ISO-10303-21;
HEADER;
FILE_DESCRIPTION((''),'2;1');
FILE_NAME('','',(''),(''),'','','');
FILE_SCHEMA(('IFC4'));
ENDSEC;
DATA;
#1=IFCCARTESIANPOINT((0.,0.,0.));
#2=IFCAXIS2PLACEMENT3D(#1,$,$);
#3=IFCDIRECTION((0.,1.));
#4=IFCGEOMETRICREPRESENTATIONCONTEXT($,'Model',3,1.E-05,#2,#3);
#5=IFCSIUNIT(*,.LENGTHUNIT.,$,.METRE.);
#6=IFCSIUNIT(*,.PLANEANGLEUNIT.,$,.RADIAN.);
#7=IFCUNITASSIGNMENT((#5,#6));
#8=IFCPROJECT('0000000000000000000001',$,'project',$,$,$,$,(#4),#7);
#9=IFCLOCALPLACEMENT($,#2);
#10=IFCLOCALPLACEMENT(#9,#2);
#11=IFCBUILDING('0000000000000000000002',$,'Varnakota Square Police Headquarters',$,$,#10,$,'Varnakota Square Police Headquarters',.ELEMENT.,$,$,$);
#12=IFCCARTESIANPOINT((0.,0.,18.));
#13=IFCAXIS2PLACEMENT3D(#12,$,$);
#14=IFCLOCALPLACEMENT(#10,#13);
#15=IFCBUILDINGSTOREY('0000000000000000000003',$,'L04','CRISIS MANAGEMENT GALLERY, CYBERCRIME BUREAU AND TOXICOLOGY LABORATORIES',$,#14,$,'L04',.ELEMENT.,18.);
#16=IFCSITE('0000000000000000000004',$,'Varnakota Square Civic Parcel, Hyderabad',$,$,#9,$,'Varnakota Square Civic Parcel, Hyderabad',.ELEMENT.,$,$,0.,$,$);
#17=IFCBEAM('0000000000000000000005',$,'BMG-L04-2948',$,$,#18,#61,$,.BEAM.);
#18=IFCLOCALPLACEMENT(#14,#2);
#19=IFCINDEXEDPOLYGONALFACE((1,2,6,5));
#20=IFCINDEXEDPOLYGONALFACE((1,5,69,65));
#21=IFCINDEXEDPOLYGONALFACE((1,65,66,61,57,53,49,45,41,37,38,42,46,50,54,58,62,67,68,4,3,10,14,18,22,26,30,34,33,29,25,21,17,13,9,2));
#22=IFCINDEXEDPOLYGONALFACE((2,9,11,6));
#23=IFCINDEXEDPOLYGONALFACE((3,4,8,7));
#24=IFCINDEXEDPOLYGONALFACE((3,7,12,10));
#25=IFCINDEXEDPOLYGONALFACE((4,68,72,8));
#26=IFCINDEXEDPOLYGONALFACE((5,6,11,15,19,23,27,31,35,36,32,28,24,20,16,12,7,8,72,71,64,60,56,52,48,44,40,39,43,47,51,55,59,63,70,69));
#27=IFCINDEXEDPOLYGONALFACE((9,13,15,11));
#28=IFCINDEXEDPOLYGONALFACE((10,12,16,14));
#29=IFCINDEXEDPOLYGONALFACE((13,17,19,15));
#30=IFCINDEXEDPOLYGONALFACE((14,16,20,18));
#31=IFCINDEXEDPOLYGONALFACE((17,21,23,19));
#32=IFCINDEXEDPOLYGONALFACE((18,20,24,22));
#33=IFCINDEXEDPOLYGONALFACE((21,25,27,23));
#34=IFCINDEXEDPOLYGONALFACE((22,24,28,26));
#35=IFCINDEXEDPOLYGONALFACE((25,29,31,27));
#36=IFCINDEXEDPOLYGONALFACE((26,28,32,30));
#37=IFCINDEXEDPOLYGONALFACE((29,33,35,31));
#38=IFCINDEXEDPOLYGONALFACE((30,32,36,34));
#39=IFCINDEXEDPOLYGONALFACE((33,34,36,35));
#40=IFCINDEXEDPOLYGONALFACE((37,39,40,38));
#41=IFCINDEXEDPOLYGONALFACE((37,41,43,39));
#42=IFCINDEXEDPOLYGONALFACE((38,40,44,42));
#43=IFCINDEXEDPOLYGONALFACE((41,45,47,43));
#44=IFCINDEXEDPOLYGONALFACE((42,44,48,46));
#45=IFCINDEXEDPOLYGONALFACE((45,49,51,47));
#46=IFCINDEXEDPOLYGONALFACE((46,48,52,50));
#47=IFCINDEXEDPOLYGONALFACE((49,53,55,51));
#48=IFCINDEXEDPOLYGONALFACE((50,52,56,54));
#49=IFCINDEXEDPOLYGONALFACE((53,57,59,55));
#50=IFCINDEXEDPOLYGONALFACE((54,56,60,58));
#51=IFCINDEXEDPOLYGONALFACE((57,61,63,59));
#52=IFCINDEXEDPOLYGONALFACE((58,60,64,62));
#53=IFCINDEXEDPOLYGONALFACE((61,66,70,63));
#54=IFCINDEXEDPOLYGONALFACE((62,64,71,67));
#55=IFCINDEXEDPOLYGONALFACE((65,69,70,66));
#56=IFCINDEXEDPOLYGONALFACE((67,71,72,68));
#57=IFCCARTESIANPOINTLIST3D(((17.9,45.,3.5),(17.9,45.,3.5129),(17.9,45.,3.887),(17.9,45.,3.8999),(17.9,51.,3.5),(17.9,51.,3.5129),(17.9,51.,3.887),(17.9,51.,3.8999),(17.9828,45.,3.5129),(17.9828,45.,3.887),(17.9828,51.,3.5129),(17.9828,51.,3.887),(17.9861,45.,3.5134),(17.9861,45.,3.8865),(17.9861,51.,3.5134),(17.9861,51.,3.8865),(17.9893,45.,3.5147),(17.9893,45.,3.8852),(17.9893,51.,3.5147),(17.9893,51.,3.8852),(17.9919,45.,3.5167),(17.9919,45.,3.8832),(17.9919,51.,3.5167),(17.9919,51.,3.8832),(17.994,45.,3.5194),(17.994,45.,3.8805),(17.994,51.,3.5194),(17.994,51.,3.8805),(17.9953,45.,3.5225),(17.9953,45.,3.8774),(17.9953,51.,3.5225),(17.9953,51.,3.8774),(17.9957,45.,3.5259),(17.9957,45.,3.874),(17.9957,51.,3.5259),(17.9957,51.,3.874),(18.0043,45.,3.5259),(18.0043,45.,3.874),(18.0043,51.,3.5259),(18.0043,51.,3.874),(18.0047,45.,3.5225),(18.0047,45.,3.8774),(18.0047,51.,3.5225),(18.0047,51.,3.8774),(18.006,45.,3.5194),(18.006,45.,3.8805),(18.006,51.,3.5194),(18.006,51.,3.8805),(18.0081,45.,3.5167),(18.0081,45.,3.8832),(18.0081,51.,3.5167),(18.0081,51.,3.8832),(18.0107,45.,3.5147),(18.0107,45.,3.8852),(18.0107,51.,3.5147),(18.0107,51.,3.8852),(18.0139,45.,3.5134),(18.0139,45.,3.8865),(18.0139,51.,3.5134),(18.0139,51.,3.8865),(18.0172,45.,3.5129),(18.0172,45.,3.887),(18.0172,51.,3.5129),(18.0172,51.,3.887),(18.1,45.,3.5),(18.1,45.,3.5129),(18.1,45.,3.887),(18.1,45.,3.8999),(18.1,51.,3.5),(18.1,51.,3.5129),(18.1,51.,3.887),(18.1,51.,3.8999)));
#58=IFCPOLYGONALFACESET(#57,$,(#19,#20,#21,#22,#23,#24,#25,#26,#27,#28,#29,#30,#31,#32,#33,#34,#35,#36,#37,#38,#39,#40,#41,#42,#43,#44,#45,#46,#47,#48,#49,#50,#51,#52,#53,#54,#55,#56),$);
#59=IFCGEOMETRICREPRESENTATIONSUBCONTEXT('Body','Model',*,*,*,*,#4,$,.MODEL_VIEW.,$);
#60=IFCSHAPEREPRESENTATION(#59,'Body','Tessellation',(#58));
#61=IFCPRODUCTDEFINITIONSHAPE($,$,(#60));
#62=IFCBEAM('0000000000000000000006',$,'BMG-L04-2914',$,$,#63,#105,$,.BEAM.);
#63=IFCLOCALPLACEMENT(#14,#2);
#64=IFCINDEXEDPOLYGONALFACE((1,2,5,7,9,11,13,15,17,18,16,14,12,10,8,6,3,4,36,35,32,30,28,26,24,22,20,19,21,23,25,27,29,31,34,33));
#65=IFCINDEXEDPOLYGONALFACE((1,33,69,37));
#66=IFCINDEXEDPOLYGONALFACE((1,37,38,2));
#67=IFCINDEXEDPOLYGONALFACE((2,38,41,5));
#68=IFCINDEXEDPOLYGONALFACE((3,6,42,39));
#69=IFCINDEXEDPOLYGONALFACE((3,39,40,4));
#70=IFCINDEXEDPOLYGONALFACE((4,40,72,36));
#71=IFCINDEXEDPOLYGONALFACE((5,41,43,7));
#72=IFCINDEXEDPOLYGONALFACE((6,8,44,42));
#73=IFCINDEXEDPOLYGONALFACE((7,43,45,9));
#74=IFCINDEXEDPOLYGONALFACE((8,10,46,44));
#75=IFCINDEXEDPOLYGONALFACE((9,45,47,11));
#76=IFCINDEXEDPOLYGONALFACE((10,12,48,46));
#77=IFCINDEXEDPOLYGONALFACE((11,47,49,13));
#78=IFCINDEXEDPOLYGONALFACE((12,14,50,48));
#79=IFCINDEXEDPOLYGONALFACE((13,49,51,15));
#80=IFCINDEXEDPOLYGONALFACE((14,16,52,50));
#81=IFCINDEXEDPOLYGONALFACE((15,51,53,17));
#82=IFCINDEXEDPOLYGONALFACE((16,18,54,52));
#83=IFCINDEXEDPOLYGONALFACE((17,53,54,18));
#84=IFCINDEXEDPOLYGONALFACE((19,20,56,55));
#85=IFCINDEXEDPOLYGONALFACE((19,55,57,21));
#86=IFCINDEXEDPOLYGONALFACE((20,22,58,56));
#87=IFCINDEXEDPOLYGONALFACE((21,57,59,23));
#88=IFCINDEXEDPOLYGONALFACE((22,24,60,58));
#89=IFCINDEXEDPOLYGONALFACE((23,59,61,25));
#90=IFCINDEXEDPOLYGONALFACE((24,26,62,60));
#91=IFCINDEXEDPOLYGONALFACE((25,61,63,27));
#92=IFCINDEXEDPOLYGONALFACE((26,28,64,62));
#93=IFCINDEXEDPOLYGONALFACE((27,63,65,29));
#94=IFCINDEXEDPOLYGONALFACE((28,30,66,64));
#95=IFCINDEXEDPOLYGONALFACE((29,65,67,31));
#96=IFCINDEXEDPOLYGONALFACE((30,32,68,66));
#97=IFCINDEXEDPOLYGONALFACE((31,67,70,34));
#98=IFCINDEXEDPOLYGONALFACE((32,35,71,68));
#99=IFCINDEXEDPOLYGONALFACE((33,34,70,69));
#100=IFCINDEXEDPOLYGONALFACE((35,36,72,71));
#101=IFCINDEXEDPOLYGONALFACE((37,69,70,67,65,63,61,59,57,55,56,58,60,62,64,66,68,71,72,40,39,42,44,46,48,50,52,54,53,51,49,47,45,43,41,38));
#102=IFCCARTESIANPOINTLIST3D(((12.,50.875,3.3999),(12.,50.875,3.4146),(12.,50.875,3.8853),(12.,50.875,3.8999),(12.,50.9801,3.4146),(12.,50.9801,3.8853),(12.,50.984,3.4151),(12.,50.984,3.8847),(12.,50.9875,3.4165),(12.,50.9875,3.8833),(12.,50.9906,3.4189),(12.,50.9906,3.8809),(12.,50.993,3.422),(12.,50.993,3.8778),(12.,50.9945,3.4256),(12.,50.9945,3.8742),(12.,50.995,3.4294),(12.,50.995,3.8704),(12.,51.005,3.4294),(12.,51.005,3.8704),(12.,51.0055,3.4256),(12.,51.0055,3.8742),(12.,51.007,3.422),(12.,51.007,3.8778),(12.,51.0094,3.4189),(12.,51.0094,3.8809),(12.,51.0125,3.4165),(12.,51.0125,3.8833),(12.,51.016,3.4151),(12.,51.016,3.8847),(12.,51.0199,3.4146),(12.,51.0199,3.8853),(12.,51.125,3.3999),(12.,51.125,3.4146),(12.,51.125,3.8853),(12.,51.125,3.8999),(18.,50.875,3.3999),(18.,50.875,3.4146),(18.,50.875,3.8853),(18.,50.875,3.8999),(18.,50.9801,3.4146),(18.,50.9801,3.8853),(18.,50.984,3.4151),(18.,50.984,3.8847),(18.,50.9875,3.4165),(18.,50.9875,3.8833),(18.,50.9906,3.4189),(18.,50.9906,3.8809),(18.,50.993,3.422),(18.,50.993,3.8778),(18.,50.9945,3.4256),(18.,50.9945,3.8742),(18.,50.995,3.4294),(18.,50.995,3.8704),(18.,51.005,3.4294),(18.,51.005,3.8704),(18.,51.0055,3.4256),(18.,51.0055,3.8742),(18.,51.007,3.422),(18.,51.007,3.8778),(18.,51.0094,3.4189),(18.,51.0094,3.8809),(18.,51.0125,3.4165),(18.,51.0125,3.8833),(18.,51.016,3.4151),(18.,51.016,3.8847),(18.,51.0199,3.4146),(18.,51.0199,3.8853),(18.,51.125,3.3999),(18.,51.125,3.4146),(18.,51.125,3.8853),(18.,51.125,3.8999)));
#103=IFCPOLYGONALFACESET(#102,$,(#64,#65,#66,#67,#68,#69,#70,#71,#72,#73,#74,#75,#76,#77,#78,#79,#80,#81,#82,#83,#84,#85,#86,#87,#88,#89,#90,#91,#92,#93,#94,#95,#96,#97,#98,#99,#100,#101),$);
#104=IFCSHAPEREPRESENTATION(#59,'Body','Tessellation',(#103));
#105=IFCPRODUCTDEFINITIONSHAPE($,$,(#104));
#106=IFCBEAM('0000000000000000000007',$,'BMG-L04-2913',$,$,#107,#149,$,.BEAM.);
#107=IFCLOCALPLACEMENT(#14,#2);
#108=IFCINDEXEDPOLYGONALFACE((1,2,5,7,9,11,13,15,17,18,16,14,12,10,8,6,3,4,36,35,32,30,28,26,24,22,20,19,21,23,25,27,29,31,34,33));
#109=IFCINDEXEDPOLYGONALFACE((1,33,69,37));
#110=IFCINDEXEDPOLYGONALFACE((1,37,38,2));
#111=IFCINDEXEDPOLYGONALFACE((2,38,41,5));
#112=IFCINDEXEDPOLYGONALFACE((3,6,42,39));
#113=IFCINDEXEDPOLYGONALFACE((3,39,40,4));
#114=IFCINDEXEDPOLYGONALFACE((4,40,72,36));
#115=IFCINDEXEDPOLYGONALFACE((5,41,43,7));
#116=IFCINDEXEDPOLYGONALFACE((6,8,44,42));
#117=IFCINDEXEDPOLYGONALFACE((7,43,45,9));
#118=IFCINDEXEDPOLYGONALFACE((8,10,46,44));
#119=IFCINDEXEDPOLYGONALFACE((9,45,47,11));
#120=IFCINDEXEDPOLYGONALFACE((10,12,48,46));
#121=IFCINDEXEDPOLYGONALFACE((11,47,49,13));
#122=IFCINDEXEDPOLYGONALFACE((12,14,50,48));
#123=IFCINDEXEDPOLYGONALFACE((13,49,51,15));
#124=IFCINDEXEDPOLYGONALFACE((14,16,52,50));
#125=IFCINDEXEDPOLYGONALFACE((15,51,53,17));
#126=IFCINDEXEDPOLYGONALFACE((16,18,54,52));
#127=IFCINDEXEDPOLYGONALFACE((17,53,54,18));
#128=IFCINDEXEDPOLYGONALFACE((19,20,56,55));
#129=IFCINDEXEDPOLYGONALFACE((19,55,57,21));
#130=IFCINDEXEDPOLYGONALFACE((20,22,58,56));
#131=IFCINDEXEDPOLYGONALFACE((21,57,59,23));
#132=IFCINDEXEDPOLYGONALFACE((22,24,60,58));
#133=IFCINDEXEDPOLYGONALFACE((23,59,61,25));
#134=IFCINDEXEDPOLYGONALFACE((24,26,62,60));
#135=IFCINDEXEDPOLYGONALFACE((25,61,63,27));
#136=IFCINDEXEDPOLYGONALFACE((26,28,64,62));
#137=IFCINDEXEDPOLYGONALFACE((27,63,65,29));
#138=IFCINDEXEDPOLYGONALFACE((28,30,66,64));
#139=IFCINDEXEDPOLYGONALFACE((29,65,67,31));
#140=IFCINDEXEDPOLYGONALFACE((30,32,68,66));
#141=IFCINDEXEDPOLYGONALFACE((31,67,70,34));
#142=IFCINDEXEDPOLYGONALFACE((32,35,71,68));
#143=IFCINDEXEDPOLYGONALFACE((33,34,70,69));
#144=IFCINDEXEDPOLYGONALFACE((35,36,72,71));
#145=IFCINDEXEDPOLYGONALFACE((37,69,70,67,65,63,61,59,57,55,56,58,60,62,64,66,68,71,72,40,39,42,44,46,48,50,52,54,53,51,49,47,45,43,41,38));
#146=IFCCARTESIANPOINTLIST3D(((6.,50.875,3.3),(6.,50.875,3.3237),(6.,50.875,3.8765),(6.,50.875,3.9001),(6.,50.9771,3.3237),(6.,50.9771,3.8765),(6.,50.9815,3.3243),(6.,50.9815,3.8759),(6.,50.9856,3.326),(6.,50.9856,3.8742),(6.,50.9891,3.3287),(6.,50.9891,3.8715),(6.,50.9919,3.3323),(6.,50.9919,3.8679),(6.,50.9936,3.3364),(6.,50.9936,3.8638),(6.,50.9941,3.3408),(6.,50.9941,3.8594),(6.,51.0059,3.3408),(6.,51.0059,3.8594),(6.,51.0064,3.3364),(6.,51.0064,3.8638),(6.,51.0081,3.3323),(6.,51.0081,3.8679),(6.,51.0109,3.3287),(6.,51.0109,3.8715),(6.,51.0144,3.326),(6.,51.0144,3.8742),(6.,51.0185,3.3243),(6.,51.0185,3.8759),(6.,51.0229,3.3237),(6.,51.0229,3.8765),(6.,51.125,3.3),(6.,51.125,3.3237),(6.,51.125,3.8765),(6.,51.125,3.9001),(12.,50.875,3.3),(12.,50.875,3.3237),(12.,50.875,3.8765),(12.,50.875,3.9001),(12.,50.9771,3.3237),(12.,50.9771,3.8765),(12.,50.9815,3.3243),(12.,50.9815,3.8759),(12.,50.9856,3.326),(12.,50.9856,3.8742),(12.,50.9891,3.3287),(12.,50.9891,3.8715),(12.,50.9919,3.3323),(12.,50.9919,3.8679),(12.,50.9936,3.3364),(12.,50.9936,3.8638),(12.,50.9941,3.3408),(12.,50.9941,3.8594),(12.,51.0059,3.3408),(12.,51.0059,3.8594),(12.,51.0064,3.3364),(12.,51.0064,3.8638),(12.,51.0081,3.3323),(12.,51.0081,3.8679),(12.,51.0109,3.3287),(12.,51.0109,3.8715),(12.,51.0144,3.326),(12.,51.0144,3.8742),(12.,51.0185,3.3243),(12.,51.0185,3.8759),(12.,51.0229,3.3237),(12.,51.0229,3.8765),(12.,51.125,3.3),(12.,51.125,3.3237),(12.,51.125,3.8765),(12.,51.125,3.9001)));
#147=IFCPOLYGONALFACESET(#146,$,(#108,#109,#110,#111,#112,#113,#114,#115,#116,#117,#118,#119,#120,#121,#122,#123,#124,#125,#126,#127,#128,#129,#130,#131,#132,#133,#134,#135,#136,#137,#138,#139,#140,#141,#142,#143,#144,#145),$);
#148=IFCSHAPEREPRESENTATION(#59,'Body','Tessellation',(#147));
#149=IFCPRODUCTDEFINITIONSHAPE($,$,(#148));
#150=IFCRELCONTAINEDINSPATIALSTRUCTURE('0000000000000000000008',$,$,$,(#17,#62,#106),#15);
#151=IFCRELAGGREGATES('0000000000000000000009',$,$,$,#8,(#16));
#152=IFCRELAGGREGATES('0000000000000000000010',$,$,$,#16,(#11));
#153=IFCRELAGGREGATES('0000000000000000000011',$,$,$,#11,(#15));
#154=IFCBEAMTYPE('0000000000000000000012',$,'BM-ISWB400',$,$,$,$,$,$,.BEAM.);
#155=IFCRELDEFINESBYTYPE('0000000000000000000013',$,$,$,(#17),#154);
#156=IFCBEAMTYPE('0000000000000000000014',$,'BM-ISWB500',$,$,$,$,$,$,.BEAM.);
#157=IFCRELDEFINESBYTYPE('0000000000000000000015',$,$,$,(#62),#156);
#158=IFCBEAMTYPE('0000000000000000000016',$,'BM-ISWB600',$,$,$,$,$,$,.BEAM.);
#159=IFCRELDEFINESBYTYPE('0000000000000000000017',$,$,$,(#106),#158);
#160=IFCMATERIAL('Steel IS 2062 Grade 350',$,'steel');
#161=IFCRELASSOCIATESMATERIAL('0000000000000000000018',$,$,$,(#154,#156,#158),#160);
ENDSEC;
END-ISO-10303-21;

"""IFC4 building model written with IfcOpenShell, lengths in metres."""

from ifc_helpers import new_model, si_unit, direction, frame, origin, origin_2d, place, context, subcontext, project, spatial, i_section, extrude, material, material_profile, profile_set, type_object, element, save


model = new_model("IFC4")

# Units and contexts
model_context = context("Model", 3, precision=1e-05, world=origin(), true_north=direction((0.0, 1.0)))
body_context = subcontext(model_context, "Body", "Model", "MODEL_VIEW")
ifc_project = project(units=[si_unit("LENGTHUNIT", "METRE"), si_unit("PLANEANGLEUNIT", "RADIAN")], contexts=[model_context])

# Site, building, storey
site_placement = place(None, origin())
site = spatial("IfcSite", under=ifc_project, at=site_placement, Name="Varnakota Square Civic Parcel, Hyderabad", LongName="Varnakota Square Civic Parcel, Hyderabad", CompositionType="ELEMENT", RefElevation=0.0)
building_placement = place(site_placement, origin())
building = spatial("IfcBuilding", under=site, at=building_placement, Name="Varnakota Square Police Headquarters", LongName="Varnakota Square Police Headquarters", CompositionType="ELEMENT")
storey_placement = place(building_placement, frame((0.0, 0.0, 18.0)))
storey = spatial("IfcBuildingStorey", under=building, at=storey_placement, Name="L04", Description="CRISIS MANAGEMENT GALLERY, CYBERCRIME BUREAU AND TOXICOLOGY LABORATORIES", LongName="L04", CompositionType="ELEMENT", Elevation=18.0)

# Shared definitions
ifc_material_1 = material(Name="Steel IS 2062 Grade 350", Category="steel")

# Beams
ifc_material_profile_1 = material_profile(ifc_material_1, i_section(OverallWidth=0.2, OverallDepth=0.3999, WebThickness=0.0085, FlangeThickness=0.0129, FilletRadius=0.0129, at=origin_2d()), Name="ISWB 400")
ifc_profile_set_1 = profile_set([ifc_material_profile_1], Name="Steel IS 2062 Grade 350")
beam_type_1 = type_object("IfcBeamType", Name="BM-ISWB400", PredefinedType="BEAM", material=ifc_profile_set_1)
beam_1_placement = place(storey_placement, frame((18.0, 45.0, 3.7), z_axis=(0.0, 1.0, 0.0), x_axis=(-1.0, 0.0, 0.0)))
element("IfcBeam", 1, at=beam_1_placement, inside=storey, type_object=beam_type_1, Name="BMG-L04-2948", PredefinedType="BEAM", context=body_context, shape_type="SweptSolid", body=[
    extrude(i_section(OverallWidth=0.2, OverallDepth=0.3999, WebThickness=0.0085, FlangeThickness=0.0129, FilletRadius=0.0129, at=origin_2d()), origin(), (0.0, 0.0, 1.0), 6.0),
])
ifc_material_profile_2 = material_profile(ifc_material_1, i_section(OverallWidth=0.25, OverallDepth=0.5, WebThickness=0.01, FlangeThickness=0.0146, FilletRadius=0.0149, at=origin_2d()), Name="ISWB 500")
ifc_profile_set_2 = profile_set([ifc_material_profile_2], Name="Steel IS 2062 Grade 350")
beam_type_2 = type_object("IfcBeamType", Name="BM-ISWB500", PredefinedType="BEAM", material=ifc_profile_set_2)
beam_2_placement = place(storey_placement, frame((12.0, 51.0, 3.6499), z_axis=(1.0, 0.0, 0.0), x_axis=(0.0, 1.0, 0.0)))
element("IfcBeam", 2, at=beam_2_placement, inside=storey, type_object=beam_type_2, Name="BMG-L04-2914", PredefinedType="BEAM", context=body_context, shape_type="SweptSolid", body=[
    extrude(i_section(OverallWidth=0.25, OverallDepth=0.5, WebThickness=0.01, FlangeThickness=0.0146, FilletRadius=0.0149, at=origin_2d()), origin(), (0.0, 0.0, 1.0), 6.0),
])
ifc_material_profile_3 = material_profile(ifc_material_1, i_section(OverallWidth=0.25, OverallDepth=0.6001, WebThickness=0.0117, FlangeThickness=0.0237, FilletRadius=0.0171, at=origin_2d()), Name="ISWB 600")
ifc_profile_set_3 = profile_set([ifc_material_profile_3], Name="Steel IS 2062 Grade 350")
beam_type_3 = type_object("IfcBeamType", Name="BM-ISWB600", PredefinedType="BEAM", material=ifc_profile_set_3)
beam_3_placement = place(storey_placement, frame((6.0, 51.0, 3.6001), z_axis=(1.0, 0.0, 0.0), x_axis=(0.0, 1.0, 0.0)))
element("IfcBeam", 3, at=beam_3_placement, inside=storey, type_object=beam_type_3, Name="BMG-L04-2913", PredefinedType="BEAM", context=body_context, shape_type="SweptSolid", body=[
    extrude(i_section(OverallWidth=0.25, OverallDepth=0.6001, WebThickness=0.0117, FlangeThickness=0.0237, FilletRadius=0.0171, at=origin_2d()), origin(), (0.0, 0.0, 1.0), 6.0),
])

save(model, "model.ifc")
